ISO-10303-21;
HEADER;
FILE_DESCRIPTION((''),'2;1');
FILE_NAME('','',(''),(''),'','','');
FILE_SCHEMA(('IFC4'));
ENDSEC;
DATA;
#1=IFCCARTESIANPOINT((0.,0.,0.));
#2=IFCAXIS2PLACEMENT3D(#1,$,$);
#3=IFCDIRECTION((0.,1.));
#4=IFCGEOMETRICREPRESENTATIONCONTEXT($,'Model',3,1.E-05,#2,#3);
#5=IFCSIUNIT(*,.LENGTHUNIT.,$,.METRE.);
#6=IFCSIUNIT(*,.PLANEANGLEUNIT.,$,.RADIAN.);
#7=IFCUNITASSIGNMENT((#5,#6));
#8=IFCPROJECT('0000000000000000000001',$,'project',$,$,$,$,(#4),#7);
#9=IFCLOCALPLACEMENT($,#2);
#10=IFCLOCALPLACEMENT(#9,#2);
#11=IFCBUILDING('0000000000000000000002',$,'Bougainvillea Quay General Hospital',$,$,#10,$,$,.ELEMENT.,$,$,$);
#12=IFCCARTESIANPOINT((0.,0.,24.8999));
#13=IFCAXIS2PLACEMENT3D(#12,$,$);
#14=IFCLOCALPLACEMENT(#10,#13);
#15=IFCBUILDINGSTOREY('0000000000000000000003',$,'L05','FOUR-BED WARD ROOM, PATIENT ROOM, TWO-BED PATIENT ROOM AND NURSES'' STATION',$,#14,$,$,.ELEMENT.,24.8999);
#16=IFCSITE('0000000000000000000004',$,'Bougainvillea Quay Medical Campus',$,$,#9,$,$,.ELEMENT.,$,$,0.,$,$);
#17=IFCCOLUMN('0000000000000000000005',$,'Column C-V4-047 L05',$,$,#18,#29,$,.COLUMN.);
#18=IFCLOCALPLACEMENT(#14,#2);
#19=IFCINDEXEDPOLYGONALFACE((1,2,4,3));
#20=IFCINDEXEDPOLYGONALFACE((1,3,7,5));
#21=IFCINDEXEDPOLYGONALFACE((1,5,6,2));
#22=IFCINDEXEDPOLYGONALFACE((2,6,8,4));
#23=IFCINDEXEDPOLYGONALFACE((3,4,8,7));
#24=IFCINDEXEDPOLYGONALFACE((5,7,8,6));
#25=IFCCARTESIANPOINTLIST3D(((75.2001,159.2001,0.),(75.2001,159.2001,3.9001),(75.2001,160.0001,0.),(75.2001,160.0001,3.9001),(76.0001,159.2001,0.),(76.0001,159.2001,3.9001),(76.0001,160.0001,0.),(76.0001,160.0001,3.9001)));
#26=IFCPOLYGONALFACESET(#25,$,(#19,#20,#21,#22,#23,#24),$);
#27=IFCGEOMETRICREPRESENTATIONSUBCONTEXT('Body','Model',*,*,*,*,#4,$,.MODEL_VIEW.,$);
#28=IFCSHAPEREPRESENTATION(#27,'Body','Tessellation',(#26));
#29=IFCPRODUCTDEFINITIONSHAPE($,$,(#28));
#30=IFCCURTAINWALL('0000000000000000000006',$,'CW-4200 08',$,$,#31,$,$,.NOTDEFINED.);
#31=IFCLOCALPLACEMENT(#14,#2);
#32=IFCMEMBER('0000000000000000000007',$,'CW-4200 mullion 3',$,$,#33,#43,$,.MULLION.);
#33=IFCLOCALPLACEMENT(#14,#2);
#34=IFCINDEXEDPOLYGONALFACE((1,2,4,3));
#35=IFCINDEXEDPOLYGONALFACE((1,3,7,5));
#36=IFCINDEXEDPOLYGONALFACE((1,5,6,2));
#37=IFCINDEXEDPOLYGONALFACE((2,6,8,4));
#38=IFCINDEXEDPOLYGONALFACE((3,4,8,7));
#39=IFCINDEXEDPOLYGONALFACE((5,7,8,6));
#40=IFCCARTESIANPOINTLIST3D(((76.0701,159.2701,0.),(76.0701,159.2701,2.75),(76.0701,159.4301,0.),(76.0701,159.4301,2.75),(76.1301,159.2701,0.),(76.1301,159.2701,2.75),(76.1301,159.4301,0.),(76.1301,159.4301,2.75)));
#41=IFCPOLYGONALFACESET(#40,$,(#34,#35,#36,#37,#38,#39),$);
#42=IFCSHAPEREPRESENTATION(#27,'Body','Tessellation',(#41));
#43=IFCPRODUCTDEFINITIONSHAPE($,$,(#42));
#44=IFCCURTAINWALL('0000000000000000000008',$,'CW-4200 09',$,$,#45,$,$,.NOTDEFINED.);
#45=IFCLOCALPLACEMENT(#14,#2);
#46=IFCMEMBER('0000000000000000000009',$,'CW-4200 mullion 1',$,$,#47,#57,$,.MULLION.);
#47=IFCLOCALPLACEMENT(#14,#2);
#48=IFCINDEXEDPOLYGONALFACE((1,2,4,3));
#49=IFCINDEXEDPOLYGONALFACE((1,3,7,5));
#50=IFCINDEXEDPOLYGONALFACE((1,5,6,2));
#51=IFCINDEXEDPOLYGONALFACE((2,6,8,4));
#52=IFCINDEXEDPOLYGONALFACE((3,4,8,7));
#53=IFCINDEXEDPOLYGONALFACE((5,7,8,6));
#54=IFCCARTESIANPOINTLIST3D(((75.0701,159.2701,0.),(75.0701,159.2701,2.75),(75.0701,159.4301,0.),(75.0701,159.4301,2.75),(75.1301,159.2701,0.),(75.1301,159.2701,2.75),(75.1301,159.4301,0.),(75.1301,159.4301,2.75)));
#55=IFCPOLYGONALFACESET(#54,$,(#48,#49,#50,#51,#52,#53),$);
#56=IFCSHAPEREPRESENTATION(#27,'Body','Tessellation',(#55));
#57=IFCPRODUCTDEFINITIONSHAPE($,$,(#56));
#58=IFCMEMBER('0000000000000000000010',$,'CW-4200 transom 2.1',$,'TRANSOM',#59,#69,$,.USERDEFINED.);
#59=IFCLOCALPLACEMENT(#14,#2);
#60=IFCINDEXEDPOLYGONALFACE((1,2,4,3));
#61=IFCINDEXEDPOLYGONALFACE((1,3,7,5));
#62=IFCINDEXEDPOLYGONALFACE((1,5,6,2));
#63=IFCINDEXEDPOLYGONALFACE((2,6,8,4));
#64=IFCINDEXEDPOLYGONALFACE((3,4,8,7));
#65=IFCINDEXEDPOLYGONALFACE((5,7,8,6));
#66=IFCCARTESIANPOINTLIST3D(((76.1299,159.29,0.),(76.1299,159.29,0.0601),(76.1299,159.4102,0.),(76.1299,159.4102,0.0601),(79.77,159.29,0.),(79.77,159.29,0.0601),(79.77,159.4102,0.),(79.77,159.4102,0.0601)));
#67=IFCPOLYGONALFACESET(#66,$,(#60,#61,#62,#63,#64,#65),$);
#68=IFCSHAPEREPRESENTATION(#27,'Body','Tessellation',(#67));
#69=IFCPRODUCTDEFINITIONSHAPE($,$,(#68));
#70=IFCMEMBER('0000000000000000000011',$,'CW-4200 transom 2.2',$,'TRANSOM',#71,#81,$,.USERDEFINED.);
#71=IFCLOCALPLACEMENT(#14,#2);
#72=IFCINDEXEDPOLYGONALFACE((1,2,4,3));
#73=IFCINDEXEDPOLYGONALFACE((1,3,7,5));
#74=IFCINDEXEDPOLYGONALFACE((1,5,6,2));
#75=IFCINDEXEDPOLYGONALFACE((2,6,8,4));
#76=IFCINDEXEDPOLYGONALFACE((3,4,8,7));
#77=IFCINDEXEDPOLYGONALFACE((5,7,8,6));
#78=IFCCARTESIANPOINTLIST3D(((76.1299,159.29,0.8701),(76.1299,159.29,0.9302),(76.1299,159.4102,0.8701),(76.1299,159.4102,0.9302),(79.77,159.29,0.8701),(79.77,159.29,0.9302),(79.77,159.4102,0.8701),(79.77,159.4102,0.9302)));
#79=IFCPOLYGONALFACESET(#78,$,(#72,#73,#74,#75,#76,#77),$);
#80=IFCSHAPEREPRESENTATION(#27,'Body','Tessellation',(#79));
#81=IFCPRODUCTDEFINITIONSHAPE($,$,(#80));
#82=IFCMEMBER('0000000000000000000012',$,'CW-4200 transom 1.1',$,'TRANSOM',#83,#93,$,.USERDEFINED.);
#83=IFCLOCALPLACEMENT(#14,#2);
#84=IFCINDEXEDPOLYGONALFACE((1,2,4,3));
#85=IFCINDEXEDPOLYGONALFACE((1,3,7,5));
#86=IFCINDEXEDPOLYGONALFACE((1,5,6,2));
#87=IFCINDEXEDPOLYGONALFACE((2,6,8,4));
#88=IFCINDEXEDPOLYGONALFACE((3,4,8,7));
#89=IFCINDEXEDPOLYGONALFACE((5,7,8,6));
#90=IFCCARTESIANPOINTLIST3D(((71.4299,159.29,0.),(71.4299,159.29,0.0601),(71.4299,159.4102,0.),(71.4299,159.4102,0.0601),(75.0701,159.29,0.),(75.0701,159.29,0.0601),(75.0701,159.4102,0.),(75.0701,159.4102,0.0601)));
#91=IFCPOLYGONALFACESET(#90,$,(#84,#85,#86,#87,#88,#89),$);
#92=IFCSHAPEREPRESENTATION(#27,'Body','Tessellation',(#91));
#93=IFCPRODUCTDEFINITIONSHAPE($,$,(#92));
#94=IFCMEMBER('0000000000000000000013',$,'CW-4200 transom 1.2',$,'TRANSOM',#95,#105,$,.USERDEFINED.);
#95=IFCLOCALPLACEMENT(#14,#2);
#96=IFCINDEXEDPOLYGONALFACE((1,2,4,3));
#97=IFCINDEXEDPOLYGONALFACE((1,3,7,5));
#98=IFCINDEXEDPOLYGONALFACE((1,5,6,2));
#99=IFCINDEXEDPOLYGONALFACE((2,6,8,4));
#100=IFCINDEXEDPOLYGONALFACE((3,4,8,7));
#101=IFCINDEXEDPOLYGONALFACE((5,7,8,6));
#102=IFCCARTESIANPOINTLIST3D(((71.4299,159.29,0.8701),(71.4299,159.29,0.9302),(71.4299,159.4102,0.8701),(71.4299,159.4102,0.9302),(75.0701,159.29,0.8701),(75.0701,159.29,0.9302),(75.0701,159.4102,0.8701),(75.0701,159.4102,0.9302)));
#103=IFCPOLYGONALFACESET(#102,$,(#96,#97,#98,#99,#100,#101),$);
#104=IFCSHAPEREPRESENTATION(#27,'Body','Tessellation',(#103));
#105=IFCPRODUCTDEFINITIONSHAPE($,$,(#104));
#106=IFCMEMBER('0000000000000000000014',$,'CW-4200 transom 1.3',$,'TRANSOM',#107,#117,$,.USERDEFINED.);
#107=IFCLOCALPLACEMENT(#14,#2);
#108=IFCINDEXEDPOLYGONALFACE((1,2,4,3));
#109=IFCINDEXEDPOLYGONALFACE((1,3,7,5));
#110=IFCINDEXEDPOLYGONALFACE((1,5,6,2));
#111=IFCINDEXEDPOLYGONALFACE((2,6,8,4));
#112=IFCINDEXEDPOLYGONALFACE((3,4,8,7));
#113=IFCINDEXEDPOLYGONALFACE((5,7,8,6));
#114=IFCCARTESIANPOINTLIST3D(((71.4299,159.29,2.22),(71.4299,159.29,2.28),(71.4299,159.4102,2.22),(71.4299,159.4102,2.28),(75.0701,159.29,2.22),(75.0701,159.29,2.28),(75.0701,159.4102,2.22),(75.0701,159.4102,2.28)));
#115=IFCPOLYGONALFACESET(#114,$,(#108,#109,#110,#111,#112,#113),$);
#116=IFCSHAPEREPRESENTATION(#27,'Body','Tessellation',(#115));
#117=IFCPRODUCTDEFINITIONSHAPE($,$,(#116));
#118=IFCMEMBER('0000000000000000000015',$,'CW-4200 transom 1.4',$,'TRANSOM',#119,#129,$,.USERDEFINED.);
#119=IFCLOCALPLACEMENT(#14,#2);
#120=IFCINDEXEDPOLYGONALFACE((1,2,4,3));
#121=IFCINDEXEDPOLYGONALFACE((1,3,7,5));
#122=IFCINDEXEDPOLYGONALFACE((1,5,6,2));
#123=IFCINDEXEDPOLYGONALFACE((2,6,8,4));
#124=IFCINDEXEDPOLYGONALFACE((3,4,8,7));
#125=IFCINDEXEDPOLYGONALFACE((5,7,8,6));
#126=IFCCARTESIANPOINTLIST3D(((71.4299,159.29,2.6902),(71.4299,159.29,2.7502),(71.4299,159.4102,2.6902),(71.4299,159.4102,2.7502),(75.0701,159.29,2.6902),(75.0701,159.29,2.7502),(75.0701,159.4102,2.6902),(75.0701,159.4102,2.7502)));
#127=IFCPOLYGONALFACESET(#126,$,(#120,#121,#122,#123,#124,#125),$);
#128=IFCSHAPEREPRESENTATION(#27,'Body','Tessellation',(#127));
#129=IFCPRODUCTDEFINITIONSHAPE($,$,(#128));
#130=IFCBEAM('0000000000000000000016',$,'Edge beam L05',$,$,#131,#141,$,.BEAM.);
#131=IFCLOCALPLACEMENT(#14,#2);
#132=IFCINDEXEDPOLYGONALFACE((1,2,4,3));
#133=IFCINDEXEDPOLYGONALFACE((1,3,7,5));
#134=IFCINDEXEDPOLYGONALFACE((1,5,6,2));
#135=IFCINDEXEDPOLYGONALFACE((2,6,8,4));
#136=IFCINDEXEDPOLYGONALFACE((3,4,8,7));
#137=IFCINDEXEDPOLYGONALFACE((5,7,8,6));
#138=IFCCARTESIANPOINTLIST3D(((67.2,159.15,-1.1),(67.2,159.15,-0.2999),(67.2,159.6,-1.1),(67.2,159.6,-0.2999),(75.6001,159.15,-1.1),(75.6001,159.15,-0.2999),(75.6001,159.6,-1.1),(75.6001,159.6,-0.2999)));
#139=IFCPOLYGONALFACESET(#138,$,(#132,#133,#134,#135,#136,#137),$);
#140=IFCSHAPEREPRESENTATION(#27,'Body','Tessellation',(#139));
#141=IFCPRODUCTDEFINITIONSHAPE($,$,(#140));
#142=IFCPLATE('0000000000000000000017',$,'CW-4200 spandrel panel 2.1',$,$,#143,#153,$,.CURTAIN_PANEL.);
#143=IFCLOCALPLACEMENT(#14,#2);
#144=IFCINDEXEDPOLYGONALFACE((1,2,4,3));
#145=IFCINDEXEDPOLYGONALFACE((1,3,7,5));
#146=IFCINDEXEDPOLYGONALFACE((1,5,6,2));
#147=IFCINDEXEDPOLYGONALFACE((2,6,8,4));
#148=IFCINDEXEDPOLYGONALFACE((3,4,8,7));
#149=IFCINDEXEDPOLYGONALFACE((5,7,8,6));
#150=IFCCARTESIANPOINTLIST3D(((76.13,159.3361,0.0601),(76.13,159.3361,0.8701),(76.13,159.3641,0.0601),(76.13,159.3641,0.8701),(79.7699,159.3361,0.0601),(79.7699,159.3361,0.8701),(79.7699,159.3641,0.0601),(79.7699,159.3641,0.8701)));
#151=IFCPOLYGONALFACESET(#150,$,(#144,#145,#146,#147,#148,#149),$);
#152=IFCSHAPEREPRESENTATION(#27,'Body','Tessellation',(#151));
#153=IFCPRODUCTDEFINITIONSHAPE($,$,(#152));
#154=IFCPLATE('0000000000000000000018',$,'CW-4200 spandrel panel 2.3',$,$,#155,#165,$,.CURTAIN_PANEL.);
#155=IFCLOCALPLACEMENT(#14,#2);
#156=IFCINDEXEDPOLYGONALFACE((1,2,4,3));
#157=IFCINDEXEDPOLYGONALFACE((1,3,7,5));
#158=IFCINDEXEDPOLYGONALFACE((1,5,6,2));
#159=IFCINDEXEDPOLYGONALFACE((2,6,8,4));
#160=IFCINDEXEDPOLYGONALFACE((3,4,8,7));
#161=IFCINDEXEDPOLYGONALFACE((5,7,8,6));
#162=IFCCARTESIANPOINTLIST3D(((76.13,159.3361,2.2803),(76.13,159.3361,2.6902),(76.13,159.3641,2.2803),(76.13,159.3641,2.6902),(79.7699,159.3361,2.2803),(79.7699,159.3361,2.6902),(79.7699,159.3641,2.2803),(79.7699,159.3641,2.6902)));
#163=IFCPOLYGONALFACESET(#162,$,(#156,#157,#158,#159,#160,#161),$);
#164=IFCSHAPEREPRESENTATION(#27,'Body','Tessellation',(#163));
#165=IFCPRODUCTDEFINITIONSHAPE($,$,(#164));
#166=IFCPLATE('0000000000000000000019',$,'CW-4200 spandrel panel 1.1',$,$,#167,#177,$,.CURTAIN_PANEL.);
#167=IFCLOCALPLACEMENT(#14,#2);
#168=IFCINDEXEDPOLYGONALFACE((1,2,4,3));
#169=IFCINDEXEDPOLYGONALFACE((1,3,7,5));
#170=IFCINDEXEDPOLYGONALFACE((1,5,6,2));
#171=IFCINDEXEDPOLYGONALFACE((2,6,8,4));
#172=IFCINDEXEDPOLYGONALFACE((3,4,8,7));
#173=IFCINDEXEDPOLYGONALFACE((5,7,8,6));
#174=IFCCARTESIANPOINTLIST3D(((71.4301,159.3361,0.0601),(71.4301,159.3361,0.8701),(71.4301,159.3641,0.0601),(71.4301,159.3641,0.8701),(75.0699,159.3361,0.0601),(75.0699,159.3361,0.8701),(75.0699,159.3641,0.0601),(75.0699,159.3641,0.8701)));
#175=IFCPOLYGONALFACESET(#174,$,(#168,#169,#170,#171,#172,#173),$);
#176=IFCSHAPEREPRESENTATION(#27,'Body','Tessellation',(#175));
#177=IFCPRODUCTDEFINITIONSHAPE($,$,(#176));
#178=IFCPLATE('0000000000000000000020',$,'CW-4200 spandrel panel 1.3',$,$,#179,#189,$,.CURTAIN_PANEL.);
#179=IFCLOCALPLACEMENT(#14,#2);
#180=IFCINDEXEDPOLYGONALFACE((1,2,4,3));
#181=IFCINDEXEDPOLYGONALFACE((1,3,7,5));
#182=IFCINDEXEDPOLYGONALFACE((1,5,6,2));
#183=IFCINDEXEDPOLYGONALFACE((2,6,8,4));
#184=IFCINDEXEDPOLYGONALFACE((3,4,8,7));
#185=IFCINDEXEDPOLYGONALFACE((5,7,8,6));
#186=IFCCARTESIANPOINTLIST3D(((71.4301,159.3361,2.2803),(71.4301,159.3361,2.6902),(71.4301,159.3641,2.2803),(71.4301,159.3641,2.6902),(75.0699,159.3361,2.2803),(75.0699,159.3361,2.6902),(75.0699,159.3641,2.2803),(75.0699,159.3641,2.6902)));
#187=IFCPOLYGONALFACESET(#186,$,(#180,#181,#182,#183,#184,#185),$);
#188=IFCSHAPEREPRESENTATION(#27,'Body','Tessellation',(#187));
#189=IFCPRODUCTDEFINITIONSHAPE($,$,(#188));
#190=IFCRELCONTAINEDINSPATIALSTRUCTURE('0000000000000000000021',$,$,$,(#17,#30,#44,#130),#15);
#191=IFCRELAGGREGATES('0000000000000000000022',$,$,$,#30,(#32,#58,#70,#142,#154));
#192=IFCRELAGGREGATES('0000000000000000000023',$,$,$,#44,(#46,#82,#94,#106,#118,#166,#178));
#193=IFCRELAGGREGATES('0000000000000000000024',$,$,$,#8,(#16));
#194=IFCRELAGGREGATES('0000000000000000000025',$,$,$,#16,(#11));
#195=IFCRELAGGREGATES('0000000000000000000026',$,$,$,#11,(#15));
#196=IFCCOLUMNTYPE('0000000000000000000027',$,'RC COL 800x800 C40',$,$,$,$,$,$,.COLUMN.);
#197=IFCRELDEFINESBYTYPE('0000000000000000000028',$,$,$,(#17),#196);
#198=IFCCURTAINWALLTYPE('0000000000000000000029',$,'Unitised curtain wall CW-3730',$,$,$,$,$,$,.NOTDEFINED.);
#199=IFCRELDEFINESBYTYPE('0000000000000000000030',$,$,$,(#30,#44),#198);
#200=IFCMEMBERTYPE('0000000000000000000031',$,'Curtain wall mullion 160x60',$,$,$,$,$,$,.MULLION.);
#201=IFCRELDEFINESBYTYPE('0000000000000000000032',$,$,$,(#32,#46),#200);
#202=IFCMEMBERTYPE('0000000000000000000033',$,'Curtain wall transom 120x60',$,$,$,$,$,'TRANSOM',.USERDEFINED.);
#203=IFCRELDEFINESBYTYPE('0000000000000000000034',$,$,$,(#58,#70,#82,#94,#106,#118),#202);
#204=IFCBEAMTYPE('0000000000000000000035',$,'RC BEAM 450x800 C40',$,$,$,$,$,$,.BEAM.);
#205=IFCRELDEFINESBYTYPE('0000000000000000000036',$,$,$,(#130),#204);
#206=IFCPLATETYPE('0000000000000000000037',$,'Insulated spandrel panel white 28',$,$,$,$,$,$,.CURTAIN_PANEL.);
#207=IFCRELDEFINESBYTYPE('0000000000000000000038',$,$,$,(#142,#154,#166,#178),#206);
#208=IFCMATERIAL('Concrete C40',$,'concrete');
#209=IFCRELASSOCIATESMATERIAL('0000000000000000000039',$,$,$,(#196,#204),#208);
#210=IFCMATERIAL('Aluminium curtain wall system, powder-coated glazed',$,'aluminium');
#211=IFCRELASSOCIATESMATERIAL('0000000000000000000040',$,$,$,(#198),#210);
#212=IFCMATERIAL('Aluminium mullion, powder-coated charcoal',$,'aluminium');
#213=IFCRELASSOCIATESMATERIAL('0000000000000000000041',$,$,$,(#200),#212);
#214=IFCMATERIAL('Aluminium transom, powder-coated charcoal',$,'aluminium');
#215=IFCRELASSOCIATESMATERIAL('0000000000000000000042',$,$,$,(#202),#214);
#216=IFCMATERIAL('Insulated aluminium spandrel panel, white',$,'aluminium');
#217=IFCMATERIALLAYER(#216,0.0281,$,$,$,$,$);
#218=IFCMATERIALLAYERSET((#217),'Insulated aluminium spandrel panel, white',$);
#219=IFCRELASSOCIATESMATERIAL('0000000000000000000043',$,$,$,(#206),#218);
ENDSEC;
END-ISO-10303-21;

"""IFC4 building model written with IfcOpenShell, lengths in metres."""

from ifc_helpers import new_model, si_unit, direction, frame, origin, origin_2d, place, context, subcontext, project, spatial, rectangle, extrude, material, layer, layer_set, material_profile, profile_set, type_object, element, aggregate, save


model = new_model("IFC4")

# Units and contexts
model_context = context("Model", 3, precision=1e-05, world=origin(), true_north=direction((0.0, 1.0)))
body_context = subcontext(model_context, "Body", "Model", "MODEL_VIEW")
ifc_project = project(units=[si_unit("LENGTHUNIT", "METRE"), si_unit("PLANEANGLEUNIT", "RADIAN")], contexts=[model_context])

# Site, building, storey
site_placement = place(None, origin())
site = spatial("IfcSite", under=ifc_project, at=site_placement, Name="Bougainvillea Quay Medical Campus", CompositionType="ELEMENT", RefElevation=0.0)
building_placement = place(site_placement, origin())
building = spatial("IfcBuilding", under=site, at=building_placement, Name="Bougainvillea Quay General Hospital", CompositionType="ELEMENT")
storey_placement = place(building_placement, frame((0.0, 0.0, 24.8999)))
storey = spatial("IfcBuildingStorey", under=building, at=storey_placement, Name="L05", Description="FOUR-BED WARD ROOM, PATIENT ROOM, TWO-BED PATIENT ROOM AND NURSES' STATION", CompositionType="ELEMENT", Elevation=24.8999)

# Column
ifc_material_1 = material(Name="Concrete C40", Category="concrete")
ifc_material_profile_1 = material_profile(ifc_material_1, rectangle(XDim=0.8, YDim=0.8, at=origin_2d()))
ifc_profile_set_1 = profile_set([ifc_material_profile_1], Name="Concrete C40")
column_type = type_object("IfcColumnType", Name="RC COL 800x800 C40", PredefinedType="COLUMN", material=ifc_profile_set_1)
column_placement = place(storey_placement, frame((75.6001, 159.6001, 0.0), z_axis=(0.0, 0.0, 1.0), x_axis=(1.0, 0.0, 0.0)))
element("IfcColumn", 1, at=column_placement, inside=storey, type_object=column_type, Name="Column C-V4-047 L05", PredefinedType="COLUMN", context=body_context, shape_type="SweptSolid", body=[
    extrude(rectangle(XDim=0.8, YDim=0.8, at=origin_2d()), origin(), (0.0, 0.0, 1.0), 3.9001),
])

# Curtain walls, members
ifc_material_2 = material(Name="Aluminium curtain wall system, powder-coated glazed", Category="aluminium")
curtain_wall_type = type_object("IfcCurtainWallType", Name="Unitised curtain wall CW-3730", PredefinedType="NOTDEFINED", material=ifc_material_2)
curtain_wall_1_placement = place(storey_placement, origin())
curtain_wall_1 = element("IfcCurtainWall", 2, at=curtain_wall_1_placement, inside=storey, type_object=curtain_wall_type, Name="CW-4200 08", PredefinedType="NOTDEFINED")
ifc_material_3 = material(Name="Aluminium mullion, powder-coated charcoal", Category="aluminium")
ifc_material_profile_2 = material_profile(ifc_material_3, rectangle(XDim=0.1599, YDim=0.0601, at=origin_2d()))
ifc_profile_set_2 = profile_set([ifc_material_profile_2], Name="Aluminium mullion, powder-coated charcoal")
member_type_1 = type_object("IfcMemberType", Name="Curtain wall mullion 160x60", PredefinedType="MULLION", material=ifc_profile_set_2)
member_1_placement = place(storey_placement, frame((76.1001, 159.3501, 0.0), z_axis=(0.0, 0.0, 1.0), x_axis=(0.0, -1.0, 0.0)))
member_1 = element("IfcMember", 3, at=member_1_placement, type_object=member_type_1, Name="CW-4200 mullion 3", PredefinedType="MULLION", context=body_context, shape_type="SweptSolid", body=[
    extrude(rectangle(XDim=0.1599, YDim=0.0601, at=origin_2d()), origin(), (0.0, 0.0, 1.0), 2.75),
])
curtain_wall_2_placement = place(storey_placement, origin())
curtain_wall_2 = element("IfcCurtainWall", 4, at=curtain_wall_2_placement, inside=storey, type_object=curtain_wall_type, Name="CW-4200 09", PredefinedType="NOTDEFINED")
member_2_placement = place(storey_placement, frame((75.1001, 159.3501, 0.0), z_axis=(0.0, 0.0, 1.0), x_axis=(0.0, -1.0, 0.0)))
member_2 = element("IfcMember", 5, at=member_2_placement, type_object=member_type_1, Name="CW-4200 mullion 1", PredefinedType="MULLION", context=body_context, shape_type="SweptSolid", body=[
    extrude(rectangle(XDim=0.1599, YDim=0.0601, at=origin_2d()), origin(), (0.0, 0.0, 1.0), 2.75),
])

# Members
ifc_material_4 = material(Name="Aluminium transom, powder-coated charcoal", Category="aluminium")
ifc_material_profile_3 = material_profile(ifc_material_4, rectangle(XDim=0.1201, YDim=0.0601, at=origin_2d()))
ifc_profile_set_3 = profile_set([ifc_material_profile_3], Name="Aluminium transom, powder-coated charcoal")
member_type_2 = type_object("IfcMemberType", Name="Curtain wall transom 120x60", ElementType="TRANSOM", PredefinedType="USERDEFINED", material=ifc_profile_set_3)
member_3_placement = place(storey_placement, frame((79.77, 159.3501, 0.03), z_axis=(-1.0, 0.0, 0.0), x_axis=(0.0, -1.0, 0.0)))
member_3 = element("IfcMember", 6, at=member_3_placement, type_object=member_type_2, Name="CW-4200 transom 2.1", ObjectType="TRANSOM", PredefinedType="USERDEFINED", context=body_context, shape_type="SweptSolid", body=[
    extrude(rectangle(XDim=0.1201, YDim=0.0601, at=origin_2d()), origin(), (0.0, 0.0, 1.0), 3.6401),
])
member_4_placement = place(storey_placement, frame((79.77, 159.3501, 0.9001), z_axis=(-1.0, 0.0, 0.0), x_axis=(0.0, -1.0, 0.0)))
member_4 = element("IfcMember", 7, at=member_4_placement, type_object=member_type_2, Name="CW-4200 transom 2.2", ObjectType="TRANSOM", PredefinedType="USERDEFINED", context=body_context, shape_type="SweptSolid", body=[
    extrude(rectangle(XDim=0.1201, YDim=0.0601, at=origin_2d()), origin(), (0.0, 0.0, 1.0), 3.6401),
])
member_5_placement = place(storey_placement, frame((75.0701, 159.3501, 0.03), z_axis=(-1.0, 0.0, 0.0), x_axis=(0.0, -1.0, 0.0)))
member_5 = element("IfcMember", 8, at=member_5_placement, type_object=member_type_2, Name="CW-4200 transom 1.1", ObjectType="TRANSOM", PredefinedType="USERDEFINED", context=body_context, shape_type="SweptSolid", body=[
    extrude(rectangle(XDim=0.1201, YDim=0.0601, at=origin_2d()), origin(), (0.0, 0.0, 1.0), 3.6401),
])
member_6_placement = place(storey_placement, frame((75.0701, 159.3501, 0.9001), z_axis=(-1.0, 0.0, 0.0), x_axis=(0.0, -1.0, 0.0)))
member_6 = element("IfcMember", 9, at=member_6_placement, type_object=member_type_2, Name="CW-4200 transom 1.2", ObjectType="TRANSOM", PredefinedType="USERDEFINED", context=body_context, shape_type="SweptSolid", body=[
    extrude(rectangle(XDim=0.1201, YDim=0.0601, at=origin_2d()), origin(), (0.0, 0.0, 1.0), 3.6401),
])
member_7_placement = place(storey_placement, frame((75.0701, 159.3501, 2.25), z_axis=(-1.0, 0.0, 0.0), x_axis=(0.0, -1.0, 0.0)))
member_7 = element("IfcMember", 10, at=member_7_placement, type_object=member_type_2, Name="CW-4200 transom 1.3", ObjectType="TRANSOM", PredefinedType="USERDEFINED", context=body_context, shape_type="SweptSolid", body=[
    extrude(rectangle(XDim=0.1201, YDim=0.0601, at=origin_2d()), origin(), (0.0, 0.0, 1.0), 3.6401),
])
member_8_placement = place(storey_placement, frame((75.0701, 159.3501, 2.7202), z_axis=(-1.0, 0.0, 0.0), x_axis=(0.0, -1.0, 0.0)))
member_8 = element("IfcMember", 11, at=member_8_placement, type_object=member_type_2, Name="CW-4200 transom 1.4", ObjectType="TRANSOM", PredefinedType="USERDEFINED", context=body_context, shape_type="SweptSolid", body=[
    extrude(rectangle(XDim=0.1201, YDim=0.0601, at=origin_2d()), origin(), (0.0, 0.0, 1.0), 3.6401),
])

# Beam
ifc_material_profile_4 = material_profile(ifc_material_1, rectangle(XDim=0.45, YDim=0.8, at=origin_2d()))
ifc_profile_set_4 = profile_set([ifc_material_profile_4], Name="Concrete C40")
beam_type = type_object("IfcBeamType", Name="RC BEAM 450x800 C40", PredefinedType="BEAM", material=ifc_profile_set_4)
beam_placement = place(storey_placement, frame((75.6001, 159.375, -0.7), z_axis=(-1.0, 0.0, 0.0), x_axis=(0.0, -1.0, 0.0)))
element("IfcBeam", 12, at=beam_placement, inside=storey, type_object=beam_type, Name="Edge beam L05", PredefinedType="BEAM", context=body_context, shape_type="SweptSolid", body=[
    extrude(rectangle(XDim=0.45, YDim=0.8, at=origin_2d()), origin(), (0.0, 0.0, 1.0), 8.4001),
])

# Plates
ifc_material_5 = material(Name="Insulated aluminium spandrel panel, white", Category="aluminium")
ifc_layer_1 = layer(ifc_material_5, 0.0281)
ifc_layer_set_1 = layer_set([ifc_layer_1], Name="Insulated aluminium spandrel panel, white")
plate_type_1 = type_object("IfcPlateType", Name="Insulated spandrel panel white 28", PredefinedType="CURTAIN_PANEL", material=ifc_layer_set_1)
plate_1_placement = place(storey_placement, frame((77.95, 159.3501, 0.0601), z_axis=(0.0, 0.0, 1.0), x_axis=(-1.0, 0.0, 0.0)))
plate_1 = element("IfcPlate", 13, at=plate_1_placement, type_object=plate_type_1, Name="CW-4200 spandrel panel 2.1", PredefinedType="CURTAIN_PANEL", context=body_context, shape_type="SweptSolid", body=[
    extrude(rectangle(XDim=3.6399, YDim=0.0281, at=origin_2d()), origin(), (0.0, 0.0, 1.0), 0.8101),
])
plate_2_placement = place(storey_placement, frame((77.95, 159.3501, 2.2803), z_axis=(0.0, 0.0, 1.0), x_axis=(-1.0, 0.0, 0.0)))
plate_2 = element("IfcPlate", 14, at=plate_2_placement, type_object=plate_type_1, Name="CW-4200 spandrel panel 2.3", PredefinedType="CURTAIN_PANEL", context=body_context, shape_type="SweptSolid", body=[
    extrude(rectangle(XDim=3.6399, YDim=0.0281, at=origin_2d()), origin(), (0.0, 0.0, 1.0), 0.4099),
])
plate_3_placement = place(storey_placement, frame((73.25, 159.3501, 0.0601), z_axis=(0.0, 0.0, 1.0), x_axis=(-1.0, 0.0, 0.0)))
plate_3 = element("IfcPlate", 15, at=plate_3_placement, type_object=plate_type_1, Name="CW-4200 spandrel panel 1.1", PredefinedType="CURTAIN_PANEL", context=body_context, shape_type="SweptSolid", body=[
    extrude(rectangle(XDim=3.6399, YDim=0.0281, at=origin_2d()), origin(), (0.0, 0.0, 1.0), 0.8101),
])
plate_4_placement = place(storey_placement, frame((73.25, 159.3501, 2.2803), z_axis=(0.0, 0.0, 1.0), x_axis=(-1.0, 0.0, 0.0)))
plate_4 = element("IfcPlate", 16, at=plate_4_placement, type_object=plate_type_1, Name="CW-4200 spandrel panel 1.3", PredefinedType="CURTAIN_PANEL", context=body_context, shape_type="SweptSolid", body=[
    extrude(rectangle(XDim=3.6399, YDim=0.0281, at=origin_2d()), origin(), (0.0, 0.0, 1.0), 0.4099),
])
aggregate(curtain_wall_1, [member_1, member_3, member_4, plate_1, plate_2])
aggregate(curtain_wall_2, [member_2, member_5, member_6, member_7, member_8, plate_3, plate_4])

save(model, "model.ifc")
